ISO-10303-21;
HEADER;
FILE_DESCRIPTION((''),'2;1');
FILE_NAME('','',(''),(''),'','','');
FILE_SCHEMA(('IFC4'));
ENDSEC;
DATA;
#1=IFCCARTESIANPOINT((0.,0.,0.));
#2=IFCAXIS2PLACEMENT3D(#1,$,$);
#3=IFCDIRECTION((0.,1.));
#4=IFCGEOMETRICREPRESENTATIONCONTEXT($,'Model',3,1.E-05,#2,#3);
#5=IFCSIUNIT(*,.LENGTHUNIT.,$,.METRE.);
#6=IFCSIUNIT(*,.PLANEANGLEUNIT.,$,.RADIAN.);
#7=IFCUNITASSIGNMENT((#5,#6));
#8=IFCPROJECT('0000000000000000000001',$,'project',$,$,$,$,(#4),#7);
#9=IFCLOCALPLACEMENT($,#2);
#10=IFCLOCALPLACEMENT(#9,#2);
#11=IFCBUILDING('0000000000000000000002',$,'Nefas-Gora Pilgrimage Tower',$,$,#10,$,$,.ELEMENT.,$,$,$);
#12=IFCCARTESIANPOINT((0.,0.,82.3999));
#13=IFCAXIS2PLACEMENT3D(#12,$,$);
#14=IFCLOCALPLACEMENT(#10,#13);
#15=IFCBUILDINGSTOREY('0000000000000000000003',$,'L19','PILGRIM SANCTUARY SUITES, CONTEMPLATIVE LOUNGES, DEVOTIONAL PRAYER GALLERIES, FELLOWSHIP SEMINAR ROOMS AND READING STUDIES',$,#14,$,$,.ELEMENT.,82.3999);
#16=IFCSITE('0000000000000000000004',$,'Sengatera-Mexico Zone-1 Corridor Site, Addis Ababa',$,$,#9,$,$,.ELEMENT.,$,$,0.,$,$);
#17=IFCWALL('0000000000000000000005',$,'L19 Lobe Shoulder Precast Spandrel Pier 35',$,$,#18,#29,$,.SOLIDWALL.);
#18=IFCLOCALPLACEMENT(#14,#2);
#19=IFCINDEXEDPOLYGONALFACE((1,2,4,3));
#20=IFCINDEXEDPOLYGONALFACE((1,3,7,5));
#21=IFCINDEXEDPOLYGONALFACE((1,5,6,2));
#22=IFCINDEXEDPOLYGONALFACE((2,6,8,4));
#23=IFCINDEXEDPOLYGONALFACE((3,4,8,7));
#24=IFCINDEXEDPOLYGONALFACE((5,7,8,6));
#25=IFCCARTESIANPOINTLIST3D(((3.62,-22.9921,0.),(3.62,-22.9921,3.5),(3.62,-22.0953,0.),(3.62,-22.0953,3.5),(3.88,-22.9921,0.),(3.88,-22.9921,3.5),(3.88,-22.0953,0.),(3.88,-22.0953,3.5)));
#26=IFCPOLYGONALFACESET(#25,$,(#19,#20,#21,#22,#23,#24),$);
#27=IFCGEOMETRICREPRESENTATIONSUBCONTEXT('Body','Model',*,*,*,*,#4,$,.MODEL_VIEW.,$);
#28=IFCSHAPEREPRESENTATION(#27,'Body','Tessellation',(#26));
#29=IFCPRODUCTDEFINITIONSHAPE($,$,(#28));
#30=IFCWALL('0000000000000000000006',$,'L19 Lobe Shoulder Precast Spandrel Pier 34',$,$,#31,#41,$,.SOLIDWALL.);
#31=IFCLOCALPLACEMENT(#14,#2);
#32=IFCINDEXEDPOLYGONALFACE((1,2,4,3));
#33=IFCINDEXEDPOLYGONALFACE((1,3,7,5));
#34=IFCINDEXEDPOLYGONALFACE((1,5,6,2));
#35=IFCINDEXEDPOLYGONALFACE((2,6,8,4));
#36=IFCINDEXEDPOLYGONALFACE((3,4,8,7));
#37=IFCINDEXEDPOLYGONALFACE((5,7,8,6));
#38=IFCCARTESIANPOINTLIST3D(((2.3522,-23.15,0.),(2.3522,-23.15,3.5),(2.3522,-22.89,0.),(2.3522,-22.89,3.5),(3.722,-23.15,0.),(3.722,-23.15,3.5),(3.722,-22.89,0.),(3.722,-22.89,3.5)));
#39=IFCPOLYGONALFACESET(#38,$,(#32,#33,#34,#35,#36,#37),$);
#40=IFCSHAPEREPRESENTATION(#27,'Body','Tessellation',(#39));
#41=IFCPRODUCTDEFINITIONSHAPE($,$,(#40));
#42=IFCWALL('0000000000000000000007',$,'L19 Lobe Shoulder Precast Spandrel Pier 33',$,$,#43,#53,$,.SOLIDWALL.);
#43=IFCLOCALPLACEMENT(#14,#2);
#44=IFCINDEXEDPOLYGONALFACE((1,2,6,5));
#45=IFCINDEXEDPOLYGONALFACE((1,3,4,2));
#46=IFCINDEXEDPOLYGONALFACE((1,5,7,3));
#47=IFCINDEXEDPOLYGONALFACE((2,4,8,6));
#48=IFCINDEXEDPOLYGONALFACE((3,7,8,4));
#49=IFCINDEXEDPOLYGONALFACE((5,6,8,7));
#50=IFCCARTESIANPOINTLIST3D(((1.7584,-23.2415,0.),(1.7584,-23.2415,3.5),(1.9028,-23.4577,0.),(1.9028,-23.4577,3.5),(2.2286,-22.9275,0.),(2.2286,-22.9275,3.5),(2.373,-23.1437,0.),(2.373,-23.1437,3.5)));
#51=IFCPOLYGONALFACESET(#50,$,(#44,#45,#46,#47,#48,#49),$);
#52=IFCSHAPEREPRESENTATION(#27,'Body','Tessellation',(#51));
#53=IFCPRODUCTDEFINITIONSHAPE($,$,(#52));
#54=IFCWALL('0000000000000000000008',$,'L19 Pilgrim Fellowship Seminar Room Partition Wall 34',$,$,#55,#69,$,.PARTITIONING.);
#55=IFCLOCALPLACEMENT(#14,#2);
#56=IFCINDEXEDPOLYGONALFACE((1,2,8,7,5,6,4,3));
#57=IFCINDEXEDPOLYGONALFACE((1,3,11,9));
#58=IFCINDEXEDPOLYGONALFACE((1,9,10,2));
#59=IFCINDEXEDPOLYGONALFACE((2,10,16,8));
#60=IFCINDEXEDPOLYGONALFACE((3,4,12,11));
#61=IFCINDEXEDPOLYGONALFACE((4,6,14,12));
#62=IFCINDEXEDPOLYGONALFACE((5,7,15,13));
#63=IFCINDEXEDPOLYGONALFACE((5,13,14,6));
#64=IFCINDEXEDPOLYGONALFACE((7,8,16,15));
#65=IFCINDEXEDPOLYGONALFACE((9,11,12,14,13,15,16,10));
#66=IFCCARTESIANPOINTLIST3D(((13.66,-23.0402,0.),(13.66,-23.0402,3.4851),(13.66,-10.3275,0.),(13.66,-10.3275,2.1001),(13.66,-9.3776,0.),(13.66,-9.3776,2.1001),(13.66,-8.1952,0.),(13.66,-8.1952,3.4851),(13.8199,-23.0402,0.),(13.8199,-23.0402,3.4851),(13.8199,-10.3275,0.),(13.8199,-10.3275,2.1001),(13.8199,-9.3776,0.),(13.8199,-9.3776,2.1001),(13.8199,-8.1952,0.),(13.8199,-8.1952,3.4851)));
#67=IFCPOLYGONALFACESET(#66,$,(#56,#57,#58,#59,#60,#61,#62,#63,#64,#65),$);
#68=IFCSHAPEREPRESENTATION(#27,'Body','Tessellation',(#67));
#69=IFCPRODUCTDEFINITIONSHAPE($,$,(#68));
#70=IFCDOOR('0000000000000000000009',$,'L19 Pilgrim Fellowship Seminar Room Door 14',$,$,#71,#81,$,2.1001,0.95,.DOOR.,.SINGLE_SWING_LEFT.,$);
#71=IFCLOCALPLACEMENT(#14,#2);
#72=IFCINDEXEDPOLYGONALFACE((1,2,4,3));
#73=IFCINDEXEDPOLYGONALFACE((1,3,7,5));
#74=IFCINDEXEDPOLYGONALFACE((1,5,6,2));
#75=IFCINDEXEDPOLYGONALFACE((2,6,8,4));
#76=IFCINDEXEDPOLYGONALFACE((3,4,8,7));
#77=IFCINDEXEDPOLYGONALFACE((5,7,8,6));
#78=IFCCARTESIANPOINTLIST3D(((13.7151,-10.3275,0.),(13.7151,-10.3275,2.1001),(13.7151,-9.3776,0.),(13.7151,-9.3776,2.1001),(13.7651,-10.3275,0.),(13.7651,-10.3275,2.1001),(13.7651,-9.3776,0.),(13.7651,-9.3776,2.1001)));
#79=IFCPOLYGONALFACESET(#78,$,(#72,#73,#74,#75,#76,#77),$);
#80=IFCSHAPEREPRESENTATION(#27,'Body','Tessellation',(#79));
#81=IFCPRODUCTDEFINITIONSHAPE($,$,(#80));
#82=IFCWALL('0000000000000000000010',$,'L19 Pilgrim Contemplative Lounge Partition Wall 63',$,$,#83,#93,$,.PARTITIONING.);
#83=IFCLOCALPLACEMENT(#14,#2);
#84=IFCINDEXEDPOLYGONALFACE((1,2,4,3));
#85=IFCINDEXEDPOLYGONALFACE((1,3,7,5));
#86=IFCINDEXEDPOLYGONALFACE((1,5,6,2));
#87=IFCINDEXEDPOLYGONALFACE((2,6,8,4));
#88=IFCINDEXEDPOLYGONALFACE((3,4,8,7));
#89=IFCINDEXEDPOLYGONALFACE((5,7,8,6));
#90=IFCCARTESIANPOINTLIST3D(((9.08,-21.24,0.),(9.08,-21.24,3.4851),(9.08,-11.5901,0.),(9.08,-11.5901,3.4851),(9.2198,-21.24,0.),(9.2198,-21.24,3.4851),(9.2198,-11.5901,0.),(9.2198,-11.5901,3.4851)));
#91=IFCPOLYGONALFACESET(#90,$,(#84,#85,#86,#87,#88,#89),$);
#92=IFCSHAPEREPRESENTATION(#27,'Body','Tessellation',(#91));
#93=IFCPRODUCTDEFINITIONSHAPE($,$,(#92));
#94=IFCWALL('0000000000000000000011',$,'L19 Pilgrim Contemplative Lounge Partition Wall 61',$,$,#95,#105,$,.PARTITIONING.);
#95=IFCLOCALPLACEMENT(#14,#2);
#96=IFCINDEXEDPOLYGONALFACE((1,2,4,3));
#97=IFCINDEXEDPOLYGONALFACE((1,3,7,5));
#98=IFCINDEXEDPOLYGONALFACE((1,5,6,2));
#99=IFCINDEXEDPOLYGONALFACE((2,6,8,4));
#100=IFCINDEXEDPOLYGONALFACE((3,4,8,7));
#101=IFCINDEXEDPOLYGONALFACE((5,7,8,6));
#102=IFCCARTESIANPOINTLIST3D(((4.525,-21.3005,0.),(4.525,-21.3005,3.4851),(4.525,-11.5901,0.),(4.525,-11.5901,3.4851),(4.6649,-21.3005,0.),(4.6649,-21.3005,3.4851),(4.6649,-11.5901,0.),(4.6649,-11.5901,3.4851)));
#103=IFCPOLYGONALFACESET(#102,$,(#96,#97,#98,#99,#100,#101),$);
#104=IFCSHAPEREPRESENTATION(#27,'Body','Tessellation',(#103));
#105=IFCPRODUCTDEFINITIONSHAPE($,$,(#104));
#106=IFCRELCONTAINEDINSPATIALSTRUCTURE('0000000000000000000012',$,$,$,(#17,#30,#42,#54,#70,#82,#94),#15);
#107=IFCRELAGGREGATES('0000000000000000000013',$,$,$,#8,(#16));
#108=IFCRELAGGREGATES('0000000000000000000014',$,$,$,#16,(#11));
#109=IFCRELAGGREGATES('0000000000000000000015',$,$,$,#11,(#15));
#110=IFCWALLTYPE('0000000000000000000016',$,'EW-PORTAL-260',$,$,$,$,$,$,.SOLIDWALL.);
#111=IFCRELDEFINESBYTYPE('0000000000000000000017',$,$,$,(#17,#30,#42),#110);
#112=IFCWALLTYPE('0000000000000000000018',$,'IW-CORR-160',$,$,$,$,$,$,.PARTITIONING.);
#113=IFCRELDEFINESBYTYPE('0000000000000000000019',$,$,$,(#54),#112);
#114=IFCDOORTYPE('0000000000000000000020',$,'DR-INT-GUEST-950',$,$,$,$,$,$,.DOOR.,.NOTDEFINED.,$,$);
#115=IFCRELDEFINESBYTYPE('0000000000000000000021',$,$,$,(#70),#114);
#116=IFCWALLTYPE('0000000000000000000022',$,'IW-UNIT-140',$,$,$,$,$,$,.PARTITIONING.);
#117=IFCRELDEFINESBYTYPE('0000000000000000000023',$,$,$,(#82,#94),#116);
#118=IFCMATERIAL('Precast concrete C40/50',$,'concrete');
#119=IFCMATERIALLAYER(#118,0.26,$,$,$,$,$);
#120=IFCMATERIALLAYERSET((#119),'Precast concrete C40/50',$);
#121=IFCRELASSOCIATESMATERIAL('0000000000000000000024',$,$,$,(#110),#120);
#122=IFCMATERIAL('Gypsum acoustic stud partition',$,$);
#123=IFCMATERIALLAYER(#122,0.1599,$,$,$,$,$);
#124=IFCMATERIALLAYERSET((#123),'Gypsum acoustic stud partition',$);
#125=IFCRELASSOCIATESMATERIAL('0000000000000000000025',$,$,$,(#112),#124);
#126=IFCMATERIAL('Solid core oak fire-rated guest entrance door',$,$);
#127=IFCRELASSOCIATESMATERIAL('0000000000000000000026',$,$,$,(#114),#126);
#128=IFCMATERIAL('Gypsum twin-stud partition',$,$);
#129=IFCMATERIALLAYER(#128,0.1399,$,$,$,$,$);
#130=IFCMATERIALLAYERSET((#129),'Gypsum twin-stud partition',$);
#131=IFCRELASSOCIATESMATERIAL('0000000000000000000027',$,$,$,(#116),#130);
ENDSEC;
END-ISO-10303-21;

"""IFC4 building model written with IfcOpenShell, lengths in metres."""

from ifc_helpers import new_model, si_unit, direction, frame, frame_2d, origin, place, context, subcontext, project, spatial, rectangle, extrude, source, transform, mapped, material, layer, layer_set, type_object, element, fill, save


model = new_model("IFC4")

# Units and contexts
model_context = context("Model", 3, precision=1e-05, world=origin(), true_north=direction((0.0, 1.0)))
body_context = subcontext(model_context, "Body", "Model", "MODEL_VIEW")
ifc_project = project(units=[si_unit("LENGTHUNIT", "METRE"), si_unit("PLANEANGLEUNIT", "RADIAN")], contexts=[model_context])

# Site, building, storey
site_placement = place(None, origin())
site = spatial("IfcSite", under=ifc_project, at=site_placement, Name="Sengatera-Mexico Zone-1 Corridor Site, Addis Ababa", CompositionType="ELEMENT", RefElevation=0.0)
building_placement = place(site_placement, origin())
building = spatial("IfcBuilding", under=site, at=building_placement, Name="Nefas-Gora Pilgrimage Tower", CompositionType="ELEMENT")
storey_placement = place(building_placement, frame((0.0, 0.0, 82.3999)))
storey = spatial("IfcBuildingStorey", under=building, at=storey_placement, Name="L19", Description="PILGRIM SANCTUARY SUITES, CONTEMPLATIVE LOUNGES, DEVOTIONAL PRAYER GALLERIES, FELLOWSHIP SEMINAR ROOMS AND READING STUDIES", CompositionType="ELEMENT", Elevation=82.3999)

# Walls
ifc_material_1 = material(Name="Precast concrete C40/50", Category="concrete")
ifc_layer_1 = layer(ifc_material_1, 0.26)
ifc_layer_set_1 = layer_set([ifc_layer_1], Name="Precast concrete C40/50")
wall_type_1 = type_object("IfcWallType", Name="EW-PORTAL-260", PredefinedType="SOLIDWALL", material=ifc_layer_set_1)
shared_shape_1 = source(origin(), body_context, "Body", "SweptSolid", [
    extrude(rectangle(XDim=0.8967, YDim=0.26, at=frame_2d((0.4482, 0.0))), origin(), (0.0, 0.0, 1.0), 3.5),
])
wall_1_placement = place(storey_placement, frame((3.75, -22.9919, 0.0), z_axis=(0.0, 0.0, 1.0), x_axis=(0.0, 1.0, 0.0)))
element("IfcWall", 1, at=wall_1_placement, inside=storey, type_object=wall_type_1, Name="L19 Lobe Shoulder Precast Spandrel Pier 35", PredefinedType="SOLIDWALL", context=body_context, shape_type="MappedRepresentation", body=[
    mapped(shared_shape_1, transform((0.0, 0.0, 0.0), x_axis=(1.0, 0.0, 0.0), y_axis=(0.0, 1.0, 0.0), z_axis=(0.0, 0.0, 1.0), scale=1.0)),
])
shared_shape_2 = source(origin(), body_context, "Body", "SweptSolid", [
    extrude(rectangle(XDim=1.3699, YDim=0.26, at=frame_2d((0.6851, 0.0))), origin(), (0.0, 0.0, 1.0), 3.5),
])
wall_2_placement = place(storey_placement, frame((2.3521, -23.02, 0.0), z_axis=(0.0, 0.0, 1.0), x_axis=(1.0, 0.0, 0.0)))
element("IfcWall", 2, at=wall_2_placement, inside=storey, type_object=wall_type_1, Name="L19 Lobe Shoulder Precast Spandrel Pier 34", PredefinedType="SOLIDWALL", context=body_context, shape_type="MappedRepresentation", body=[
    mapped(shared_shape_2, transform((0.0, 0.0, 0.0), x_axis=(1.0, 0.0, 0.0), y_axis=(0.0, 1.0, 0.0), z_axis=(0.0, 0.0, 1.0), scale=1.0)),
])
shared_shape_3 = source(origin(), body_context, "Body", "SweptSolid", [
    extrude(rectangle(XDim=0.5654, YDim=0.26, at=frame_2d((0.2827, 0.0))), origin(), (0.0, 0.0, 1.0), 3.5),
])
wall_3_placement = place(storey_placement, frame((1.8306, -23.3496, 0.0), z_axis=(0.0, 0.0, 1.0), x_axis=(0.831651, 0.555298, 0.0)))
element("IfcWall", 3, at=wall_3_placement, inside=storey, type_object=wall_type_1, Name="L19 Lobe Shoulder Precast Spandrel Pier 33", PredefinedType="SOLIDWALL", context=body_context, shape_type="MappedRepresentation", body=[
    mapped(shared_shape_3, transform((0.0, 0.0, 0.0), x_axis=(1.0, 0.0, 0.0), y_axis=(0.0, 1.0, 0.0), z_axis=(0.0, 0.0, 1.0), scale=1.0)),
])

# Wall, opening, door
ifc_material_2 = material(Name="Gypsum acoustic stud partition")
ifc_layer_2 = layer(ifc_material_2, 0.1599)
ifc_layer_set_2 = layer_set([ifc_layer_2], Name="Gypsum acoustic stud partition")
wall_type_2 = type_object("IfcWallType", Name="IW-CORR-160", PredefinedType="PARTITIONING", material=ifc_layer_set_2)
shared_shape_4 = source(origin(), body_context, "Body", "SweptSolid", [
    extrude(rectangle(XDim=14.845, YDim=0.1599, at=frame_2d((7.4224, 0.0))), origin(), (0.0, 0.0, 1.0), 3.4851),
])
wall_4_placement = place(storey_placement, frame((13.74, -23.04, 0.0), z_axis=(0.0, 0.0, 1.0), x_axis=(0.0, 1.0, 0.0)))
wall_4 = element("IfcWall", 4, at=wall_4_placement, inside=storey, type_object=wall_type_2, Name="L19 Pilgrim Fellowship Seminar Room Partition Wall 34", PredefinedType="PARTITIONING", context=body_context, shape_type="MappedRepresentation", body=[
    mapped(shared_shape_4, transform((0.0, 0.0, 0.0), x_axis=(1.0, 0.0, 0.0), y_axis=(0.0, 1.0, 0.0), z_axis=(0.0, 0.0, 1.0), scale=1.0)),
])
opening_placement = place(wall_4_placement, frame((12.7124, 0.0, 0.0)))
opening = element("IfcOpeningElement", 5, at=opening_placement, cuts=wall_4, PredefinedType="OPENING", context=body_context, shape_type="SweptSolid", body=[
    extrude(rectangle(XDim=0.95, YDim=2.1001, at=frame_2d((0.4751, 1.05))), frame((0.0, 0.0898, 0.0), z_axis=(0.0, -1.0, 0.0), x_axis=(1.0, 0.0, 0.0)), (0.0, 0.0, 1.0), 0.1799),
])
ifc_material_3 = material(Name="Solid core oak fire-rated guest entrance door")
door_type = type_object("IfcDoorType", Name="DR-INT-GUEST-950", OperationType="NOTDEFINED", PredefinedType="DOOR", material=ifc_material_3)
shared_shape_5 = source(origin(), body_context, "Body", "SweptSolid", [
    extrude(rectangle(XDim=0.95, YDim=2.1001, at=frame_2d((0.4751, 1.05))), frame((0.0, 0.0249, 0.0), z_axis=(0.0, -1.0, 0.0), x_axis=(1.0, 0.0, 0.0)), (0.0, 0.0, 1.0), 0.05),
])
door_placement = place(opening_placement, origin())
door = element("IfcDoor", 6, at=door_placement, inside=storey, type_object=door_type, Name="L19 Pilgrim Fellowship Seminar Room Door 14", OperationType="SINGLE_SWING_LEFT", OverallHeight=2.1001, OverallWidth=0.95, PredefinedType="DOOR", context=body_context, shape_type="MappedRepresentation", body=[
    mapped(shared_shape_5, transform((0.0, 0.0, 0.0), x_axis=(1.0, 0.0, 0.0), y_axis=(0.0, 1.0, 0.0), z_axis=(0.0, 0.0, 1.0), scale=1.0)),
])
fill(opening, door)

# Walls
ifc_material_4 = material(Name="Gypsum twin-stud partition")
ifc_layer_3 = layer(ifc_material_4, 0.1399)
ifc_layer_set_3 = layer_set([ifc_layer_3], Name="Gypsum twin-stud partition")
wall_type_3 = type_object("IfcWallType", Name="IW-UNIT-140", PredefinedType="PARTITIONING", material=ifc_layer_set_3)
shared_shape_6 = source(origin(), body_context, "Body", "SweptSolid", [
    extrude(rectangle(XDim=9.6499, YDim=0.1399, at=frame_2d((4.825, 0.0))), origin(), (0.0, 0.0, 1.0), 3.4851),
])
wall_5_placement = place(storey_placement, frame((9.1499, -21.24, 0.0), z_axis=(0.0, 0.0, 1.0), x_axis=(0.0, 1.0, 0.0)))
element("IfcWall", 7, at=wall_5_placement, inside=storey, type_object=wall_type_3, Name="L19 Pilgrim Contemplative Lounge Partition Wall 63", PredefinedType="PARTITIONING", context=body_context, shape_type="MappedRepresentation", body=[
    mapped(shared_shape_6, transform((0.0, 0.0, 0.0), x_axis=(1.0, 0.0, 0.0), y_axis=(0.0, 1.0, 0.0), z_axis=(0.0, 0.0, 1.0), scale=1.0)),
])
shared_shape_7 = source(origin(), body_context, "Body", "SweptSolid", [
    extrude(rectangle(XDim=9.7104, YDim=0.1399, at=frame_2d((4.8552, 0.0))), origin(), (0.0, 0.0, 1.0), 3.4851),
])
wall_6_placement = place(storey_placement, frame((4.595, -21.3005, 0.0), z_axis=(0.0, 0.0, 1.0), x_axis=(0.0, 1.0, 0.0)))
element("IfcWall", 8, at=wall_6_placement, inside=storey, type_object=wall_type_3, Name="L19 Pilgrim Contemplative Lounge Partition Wall 61", PredefinedType="PARTITIONING", context=body_context, shape_type="MappedRepresentation", body=[
    mapped(shared_shape_7, transform((0.0, 0.0, 0.0), x_axis=(1.0, 0.0, 0.0), y_axis=(0.0, 1.0, 0.0), z_axis=(0.0, 0.0, 1.0), scale=1.0)),
])

save(model, "model.ifc")
